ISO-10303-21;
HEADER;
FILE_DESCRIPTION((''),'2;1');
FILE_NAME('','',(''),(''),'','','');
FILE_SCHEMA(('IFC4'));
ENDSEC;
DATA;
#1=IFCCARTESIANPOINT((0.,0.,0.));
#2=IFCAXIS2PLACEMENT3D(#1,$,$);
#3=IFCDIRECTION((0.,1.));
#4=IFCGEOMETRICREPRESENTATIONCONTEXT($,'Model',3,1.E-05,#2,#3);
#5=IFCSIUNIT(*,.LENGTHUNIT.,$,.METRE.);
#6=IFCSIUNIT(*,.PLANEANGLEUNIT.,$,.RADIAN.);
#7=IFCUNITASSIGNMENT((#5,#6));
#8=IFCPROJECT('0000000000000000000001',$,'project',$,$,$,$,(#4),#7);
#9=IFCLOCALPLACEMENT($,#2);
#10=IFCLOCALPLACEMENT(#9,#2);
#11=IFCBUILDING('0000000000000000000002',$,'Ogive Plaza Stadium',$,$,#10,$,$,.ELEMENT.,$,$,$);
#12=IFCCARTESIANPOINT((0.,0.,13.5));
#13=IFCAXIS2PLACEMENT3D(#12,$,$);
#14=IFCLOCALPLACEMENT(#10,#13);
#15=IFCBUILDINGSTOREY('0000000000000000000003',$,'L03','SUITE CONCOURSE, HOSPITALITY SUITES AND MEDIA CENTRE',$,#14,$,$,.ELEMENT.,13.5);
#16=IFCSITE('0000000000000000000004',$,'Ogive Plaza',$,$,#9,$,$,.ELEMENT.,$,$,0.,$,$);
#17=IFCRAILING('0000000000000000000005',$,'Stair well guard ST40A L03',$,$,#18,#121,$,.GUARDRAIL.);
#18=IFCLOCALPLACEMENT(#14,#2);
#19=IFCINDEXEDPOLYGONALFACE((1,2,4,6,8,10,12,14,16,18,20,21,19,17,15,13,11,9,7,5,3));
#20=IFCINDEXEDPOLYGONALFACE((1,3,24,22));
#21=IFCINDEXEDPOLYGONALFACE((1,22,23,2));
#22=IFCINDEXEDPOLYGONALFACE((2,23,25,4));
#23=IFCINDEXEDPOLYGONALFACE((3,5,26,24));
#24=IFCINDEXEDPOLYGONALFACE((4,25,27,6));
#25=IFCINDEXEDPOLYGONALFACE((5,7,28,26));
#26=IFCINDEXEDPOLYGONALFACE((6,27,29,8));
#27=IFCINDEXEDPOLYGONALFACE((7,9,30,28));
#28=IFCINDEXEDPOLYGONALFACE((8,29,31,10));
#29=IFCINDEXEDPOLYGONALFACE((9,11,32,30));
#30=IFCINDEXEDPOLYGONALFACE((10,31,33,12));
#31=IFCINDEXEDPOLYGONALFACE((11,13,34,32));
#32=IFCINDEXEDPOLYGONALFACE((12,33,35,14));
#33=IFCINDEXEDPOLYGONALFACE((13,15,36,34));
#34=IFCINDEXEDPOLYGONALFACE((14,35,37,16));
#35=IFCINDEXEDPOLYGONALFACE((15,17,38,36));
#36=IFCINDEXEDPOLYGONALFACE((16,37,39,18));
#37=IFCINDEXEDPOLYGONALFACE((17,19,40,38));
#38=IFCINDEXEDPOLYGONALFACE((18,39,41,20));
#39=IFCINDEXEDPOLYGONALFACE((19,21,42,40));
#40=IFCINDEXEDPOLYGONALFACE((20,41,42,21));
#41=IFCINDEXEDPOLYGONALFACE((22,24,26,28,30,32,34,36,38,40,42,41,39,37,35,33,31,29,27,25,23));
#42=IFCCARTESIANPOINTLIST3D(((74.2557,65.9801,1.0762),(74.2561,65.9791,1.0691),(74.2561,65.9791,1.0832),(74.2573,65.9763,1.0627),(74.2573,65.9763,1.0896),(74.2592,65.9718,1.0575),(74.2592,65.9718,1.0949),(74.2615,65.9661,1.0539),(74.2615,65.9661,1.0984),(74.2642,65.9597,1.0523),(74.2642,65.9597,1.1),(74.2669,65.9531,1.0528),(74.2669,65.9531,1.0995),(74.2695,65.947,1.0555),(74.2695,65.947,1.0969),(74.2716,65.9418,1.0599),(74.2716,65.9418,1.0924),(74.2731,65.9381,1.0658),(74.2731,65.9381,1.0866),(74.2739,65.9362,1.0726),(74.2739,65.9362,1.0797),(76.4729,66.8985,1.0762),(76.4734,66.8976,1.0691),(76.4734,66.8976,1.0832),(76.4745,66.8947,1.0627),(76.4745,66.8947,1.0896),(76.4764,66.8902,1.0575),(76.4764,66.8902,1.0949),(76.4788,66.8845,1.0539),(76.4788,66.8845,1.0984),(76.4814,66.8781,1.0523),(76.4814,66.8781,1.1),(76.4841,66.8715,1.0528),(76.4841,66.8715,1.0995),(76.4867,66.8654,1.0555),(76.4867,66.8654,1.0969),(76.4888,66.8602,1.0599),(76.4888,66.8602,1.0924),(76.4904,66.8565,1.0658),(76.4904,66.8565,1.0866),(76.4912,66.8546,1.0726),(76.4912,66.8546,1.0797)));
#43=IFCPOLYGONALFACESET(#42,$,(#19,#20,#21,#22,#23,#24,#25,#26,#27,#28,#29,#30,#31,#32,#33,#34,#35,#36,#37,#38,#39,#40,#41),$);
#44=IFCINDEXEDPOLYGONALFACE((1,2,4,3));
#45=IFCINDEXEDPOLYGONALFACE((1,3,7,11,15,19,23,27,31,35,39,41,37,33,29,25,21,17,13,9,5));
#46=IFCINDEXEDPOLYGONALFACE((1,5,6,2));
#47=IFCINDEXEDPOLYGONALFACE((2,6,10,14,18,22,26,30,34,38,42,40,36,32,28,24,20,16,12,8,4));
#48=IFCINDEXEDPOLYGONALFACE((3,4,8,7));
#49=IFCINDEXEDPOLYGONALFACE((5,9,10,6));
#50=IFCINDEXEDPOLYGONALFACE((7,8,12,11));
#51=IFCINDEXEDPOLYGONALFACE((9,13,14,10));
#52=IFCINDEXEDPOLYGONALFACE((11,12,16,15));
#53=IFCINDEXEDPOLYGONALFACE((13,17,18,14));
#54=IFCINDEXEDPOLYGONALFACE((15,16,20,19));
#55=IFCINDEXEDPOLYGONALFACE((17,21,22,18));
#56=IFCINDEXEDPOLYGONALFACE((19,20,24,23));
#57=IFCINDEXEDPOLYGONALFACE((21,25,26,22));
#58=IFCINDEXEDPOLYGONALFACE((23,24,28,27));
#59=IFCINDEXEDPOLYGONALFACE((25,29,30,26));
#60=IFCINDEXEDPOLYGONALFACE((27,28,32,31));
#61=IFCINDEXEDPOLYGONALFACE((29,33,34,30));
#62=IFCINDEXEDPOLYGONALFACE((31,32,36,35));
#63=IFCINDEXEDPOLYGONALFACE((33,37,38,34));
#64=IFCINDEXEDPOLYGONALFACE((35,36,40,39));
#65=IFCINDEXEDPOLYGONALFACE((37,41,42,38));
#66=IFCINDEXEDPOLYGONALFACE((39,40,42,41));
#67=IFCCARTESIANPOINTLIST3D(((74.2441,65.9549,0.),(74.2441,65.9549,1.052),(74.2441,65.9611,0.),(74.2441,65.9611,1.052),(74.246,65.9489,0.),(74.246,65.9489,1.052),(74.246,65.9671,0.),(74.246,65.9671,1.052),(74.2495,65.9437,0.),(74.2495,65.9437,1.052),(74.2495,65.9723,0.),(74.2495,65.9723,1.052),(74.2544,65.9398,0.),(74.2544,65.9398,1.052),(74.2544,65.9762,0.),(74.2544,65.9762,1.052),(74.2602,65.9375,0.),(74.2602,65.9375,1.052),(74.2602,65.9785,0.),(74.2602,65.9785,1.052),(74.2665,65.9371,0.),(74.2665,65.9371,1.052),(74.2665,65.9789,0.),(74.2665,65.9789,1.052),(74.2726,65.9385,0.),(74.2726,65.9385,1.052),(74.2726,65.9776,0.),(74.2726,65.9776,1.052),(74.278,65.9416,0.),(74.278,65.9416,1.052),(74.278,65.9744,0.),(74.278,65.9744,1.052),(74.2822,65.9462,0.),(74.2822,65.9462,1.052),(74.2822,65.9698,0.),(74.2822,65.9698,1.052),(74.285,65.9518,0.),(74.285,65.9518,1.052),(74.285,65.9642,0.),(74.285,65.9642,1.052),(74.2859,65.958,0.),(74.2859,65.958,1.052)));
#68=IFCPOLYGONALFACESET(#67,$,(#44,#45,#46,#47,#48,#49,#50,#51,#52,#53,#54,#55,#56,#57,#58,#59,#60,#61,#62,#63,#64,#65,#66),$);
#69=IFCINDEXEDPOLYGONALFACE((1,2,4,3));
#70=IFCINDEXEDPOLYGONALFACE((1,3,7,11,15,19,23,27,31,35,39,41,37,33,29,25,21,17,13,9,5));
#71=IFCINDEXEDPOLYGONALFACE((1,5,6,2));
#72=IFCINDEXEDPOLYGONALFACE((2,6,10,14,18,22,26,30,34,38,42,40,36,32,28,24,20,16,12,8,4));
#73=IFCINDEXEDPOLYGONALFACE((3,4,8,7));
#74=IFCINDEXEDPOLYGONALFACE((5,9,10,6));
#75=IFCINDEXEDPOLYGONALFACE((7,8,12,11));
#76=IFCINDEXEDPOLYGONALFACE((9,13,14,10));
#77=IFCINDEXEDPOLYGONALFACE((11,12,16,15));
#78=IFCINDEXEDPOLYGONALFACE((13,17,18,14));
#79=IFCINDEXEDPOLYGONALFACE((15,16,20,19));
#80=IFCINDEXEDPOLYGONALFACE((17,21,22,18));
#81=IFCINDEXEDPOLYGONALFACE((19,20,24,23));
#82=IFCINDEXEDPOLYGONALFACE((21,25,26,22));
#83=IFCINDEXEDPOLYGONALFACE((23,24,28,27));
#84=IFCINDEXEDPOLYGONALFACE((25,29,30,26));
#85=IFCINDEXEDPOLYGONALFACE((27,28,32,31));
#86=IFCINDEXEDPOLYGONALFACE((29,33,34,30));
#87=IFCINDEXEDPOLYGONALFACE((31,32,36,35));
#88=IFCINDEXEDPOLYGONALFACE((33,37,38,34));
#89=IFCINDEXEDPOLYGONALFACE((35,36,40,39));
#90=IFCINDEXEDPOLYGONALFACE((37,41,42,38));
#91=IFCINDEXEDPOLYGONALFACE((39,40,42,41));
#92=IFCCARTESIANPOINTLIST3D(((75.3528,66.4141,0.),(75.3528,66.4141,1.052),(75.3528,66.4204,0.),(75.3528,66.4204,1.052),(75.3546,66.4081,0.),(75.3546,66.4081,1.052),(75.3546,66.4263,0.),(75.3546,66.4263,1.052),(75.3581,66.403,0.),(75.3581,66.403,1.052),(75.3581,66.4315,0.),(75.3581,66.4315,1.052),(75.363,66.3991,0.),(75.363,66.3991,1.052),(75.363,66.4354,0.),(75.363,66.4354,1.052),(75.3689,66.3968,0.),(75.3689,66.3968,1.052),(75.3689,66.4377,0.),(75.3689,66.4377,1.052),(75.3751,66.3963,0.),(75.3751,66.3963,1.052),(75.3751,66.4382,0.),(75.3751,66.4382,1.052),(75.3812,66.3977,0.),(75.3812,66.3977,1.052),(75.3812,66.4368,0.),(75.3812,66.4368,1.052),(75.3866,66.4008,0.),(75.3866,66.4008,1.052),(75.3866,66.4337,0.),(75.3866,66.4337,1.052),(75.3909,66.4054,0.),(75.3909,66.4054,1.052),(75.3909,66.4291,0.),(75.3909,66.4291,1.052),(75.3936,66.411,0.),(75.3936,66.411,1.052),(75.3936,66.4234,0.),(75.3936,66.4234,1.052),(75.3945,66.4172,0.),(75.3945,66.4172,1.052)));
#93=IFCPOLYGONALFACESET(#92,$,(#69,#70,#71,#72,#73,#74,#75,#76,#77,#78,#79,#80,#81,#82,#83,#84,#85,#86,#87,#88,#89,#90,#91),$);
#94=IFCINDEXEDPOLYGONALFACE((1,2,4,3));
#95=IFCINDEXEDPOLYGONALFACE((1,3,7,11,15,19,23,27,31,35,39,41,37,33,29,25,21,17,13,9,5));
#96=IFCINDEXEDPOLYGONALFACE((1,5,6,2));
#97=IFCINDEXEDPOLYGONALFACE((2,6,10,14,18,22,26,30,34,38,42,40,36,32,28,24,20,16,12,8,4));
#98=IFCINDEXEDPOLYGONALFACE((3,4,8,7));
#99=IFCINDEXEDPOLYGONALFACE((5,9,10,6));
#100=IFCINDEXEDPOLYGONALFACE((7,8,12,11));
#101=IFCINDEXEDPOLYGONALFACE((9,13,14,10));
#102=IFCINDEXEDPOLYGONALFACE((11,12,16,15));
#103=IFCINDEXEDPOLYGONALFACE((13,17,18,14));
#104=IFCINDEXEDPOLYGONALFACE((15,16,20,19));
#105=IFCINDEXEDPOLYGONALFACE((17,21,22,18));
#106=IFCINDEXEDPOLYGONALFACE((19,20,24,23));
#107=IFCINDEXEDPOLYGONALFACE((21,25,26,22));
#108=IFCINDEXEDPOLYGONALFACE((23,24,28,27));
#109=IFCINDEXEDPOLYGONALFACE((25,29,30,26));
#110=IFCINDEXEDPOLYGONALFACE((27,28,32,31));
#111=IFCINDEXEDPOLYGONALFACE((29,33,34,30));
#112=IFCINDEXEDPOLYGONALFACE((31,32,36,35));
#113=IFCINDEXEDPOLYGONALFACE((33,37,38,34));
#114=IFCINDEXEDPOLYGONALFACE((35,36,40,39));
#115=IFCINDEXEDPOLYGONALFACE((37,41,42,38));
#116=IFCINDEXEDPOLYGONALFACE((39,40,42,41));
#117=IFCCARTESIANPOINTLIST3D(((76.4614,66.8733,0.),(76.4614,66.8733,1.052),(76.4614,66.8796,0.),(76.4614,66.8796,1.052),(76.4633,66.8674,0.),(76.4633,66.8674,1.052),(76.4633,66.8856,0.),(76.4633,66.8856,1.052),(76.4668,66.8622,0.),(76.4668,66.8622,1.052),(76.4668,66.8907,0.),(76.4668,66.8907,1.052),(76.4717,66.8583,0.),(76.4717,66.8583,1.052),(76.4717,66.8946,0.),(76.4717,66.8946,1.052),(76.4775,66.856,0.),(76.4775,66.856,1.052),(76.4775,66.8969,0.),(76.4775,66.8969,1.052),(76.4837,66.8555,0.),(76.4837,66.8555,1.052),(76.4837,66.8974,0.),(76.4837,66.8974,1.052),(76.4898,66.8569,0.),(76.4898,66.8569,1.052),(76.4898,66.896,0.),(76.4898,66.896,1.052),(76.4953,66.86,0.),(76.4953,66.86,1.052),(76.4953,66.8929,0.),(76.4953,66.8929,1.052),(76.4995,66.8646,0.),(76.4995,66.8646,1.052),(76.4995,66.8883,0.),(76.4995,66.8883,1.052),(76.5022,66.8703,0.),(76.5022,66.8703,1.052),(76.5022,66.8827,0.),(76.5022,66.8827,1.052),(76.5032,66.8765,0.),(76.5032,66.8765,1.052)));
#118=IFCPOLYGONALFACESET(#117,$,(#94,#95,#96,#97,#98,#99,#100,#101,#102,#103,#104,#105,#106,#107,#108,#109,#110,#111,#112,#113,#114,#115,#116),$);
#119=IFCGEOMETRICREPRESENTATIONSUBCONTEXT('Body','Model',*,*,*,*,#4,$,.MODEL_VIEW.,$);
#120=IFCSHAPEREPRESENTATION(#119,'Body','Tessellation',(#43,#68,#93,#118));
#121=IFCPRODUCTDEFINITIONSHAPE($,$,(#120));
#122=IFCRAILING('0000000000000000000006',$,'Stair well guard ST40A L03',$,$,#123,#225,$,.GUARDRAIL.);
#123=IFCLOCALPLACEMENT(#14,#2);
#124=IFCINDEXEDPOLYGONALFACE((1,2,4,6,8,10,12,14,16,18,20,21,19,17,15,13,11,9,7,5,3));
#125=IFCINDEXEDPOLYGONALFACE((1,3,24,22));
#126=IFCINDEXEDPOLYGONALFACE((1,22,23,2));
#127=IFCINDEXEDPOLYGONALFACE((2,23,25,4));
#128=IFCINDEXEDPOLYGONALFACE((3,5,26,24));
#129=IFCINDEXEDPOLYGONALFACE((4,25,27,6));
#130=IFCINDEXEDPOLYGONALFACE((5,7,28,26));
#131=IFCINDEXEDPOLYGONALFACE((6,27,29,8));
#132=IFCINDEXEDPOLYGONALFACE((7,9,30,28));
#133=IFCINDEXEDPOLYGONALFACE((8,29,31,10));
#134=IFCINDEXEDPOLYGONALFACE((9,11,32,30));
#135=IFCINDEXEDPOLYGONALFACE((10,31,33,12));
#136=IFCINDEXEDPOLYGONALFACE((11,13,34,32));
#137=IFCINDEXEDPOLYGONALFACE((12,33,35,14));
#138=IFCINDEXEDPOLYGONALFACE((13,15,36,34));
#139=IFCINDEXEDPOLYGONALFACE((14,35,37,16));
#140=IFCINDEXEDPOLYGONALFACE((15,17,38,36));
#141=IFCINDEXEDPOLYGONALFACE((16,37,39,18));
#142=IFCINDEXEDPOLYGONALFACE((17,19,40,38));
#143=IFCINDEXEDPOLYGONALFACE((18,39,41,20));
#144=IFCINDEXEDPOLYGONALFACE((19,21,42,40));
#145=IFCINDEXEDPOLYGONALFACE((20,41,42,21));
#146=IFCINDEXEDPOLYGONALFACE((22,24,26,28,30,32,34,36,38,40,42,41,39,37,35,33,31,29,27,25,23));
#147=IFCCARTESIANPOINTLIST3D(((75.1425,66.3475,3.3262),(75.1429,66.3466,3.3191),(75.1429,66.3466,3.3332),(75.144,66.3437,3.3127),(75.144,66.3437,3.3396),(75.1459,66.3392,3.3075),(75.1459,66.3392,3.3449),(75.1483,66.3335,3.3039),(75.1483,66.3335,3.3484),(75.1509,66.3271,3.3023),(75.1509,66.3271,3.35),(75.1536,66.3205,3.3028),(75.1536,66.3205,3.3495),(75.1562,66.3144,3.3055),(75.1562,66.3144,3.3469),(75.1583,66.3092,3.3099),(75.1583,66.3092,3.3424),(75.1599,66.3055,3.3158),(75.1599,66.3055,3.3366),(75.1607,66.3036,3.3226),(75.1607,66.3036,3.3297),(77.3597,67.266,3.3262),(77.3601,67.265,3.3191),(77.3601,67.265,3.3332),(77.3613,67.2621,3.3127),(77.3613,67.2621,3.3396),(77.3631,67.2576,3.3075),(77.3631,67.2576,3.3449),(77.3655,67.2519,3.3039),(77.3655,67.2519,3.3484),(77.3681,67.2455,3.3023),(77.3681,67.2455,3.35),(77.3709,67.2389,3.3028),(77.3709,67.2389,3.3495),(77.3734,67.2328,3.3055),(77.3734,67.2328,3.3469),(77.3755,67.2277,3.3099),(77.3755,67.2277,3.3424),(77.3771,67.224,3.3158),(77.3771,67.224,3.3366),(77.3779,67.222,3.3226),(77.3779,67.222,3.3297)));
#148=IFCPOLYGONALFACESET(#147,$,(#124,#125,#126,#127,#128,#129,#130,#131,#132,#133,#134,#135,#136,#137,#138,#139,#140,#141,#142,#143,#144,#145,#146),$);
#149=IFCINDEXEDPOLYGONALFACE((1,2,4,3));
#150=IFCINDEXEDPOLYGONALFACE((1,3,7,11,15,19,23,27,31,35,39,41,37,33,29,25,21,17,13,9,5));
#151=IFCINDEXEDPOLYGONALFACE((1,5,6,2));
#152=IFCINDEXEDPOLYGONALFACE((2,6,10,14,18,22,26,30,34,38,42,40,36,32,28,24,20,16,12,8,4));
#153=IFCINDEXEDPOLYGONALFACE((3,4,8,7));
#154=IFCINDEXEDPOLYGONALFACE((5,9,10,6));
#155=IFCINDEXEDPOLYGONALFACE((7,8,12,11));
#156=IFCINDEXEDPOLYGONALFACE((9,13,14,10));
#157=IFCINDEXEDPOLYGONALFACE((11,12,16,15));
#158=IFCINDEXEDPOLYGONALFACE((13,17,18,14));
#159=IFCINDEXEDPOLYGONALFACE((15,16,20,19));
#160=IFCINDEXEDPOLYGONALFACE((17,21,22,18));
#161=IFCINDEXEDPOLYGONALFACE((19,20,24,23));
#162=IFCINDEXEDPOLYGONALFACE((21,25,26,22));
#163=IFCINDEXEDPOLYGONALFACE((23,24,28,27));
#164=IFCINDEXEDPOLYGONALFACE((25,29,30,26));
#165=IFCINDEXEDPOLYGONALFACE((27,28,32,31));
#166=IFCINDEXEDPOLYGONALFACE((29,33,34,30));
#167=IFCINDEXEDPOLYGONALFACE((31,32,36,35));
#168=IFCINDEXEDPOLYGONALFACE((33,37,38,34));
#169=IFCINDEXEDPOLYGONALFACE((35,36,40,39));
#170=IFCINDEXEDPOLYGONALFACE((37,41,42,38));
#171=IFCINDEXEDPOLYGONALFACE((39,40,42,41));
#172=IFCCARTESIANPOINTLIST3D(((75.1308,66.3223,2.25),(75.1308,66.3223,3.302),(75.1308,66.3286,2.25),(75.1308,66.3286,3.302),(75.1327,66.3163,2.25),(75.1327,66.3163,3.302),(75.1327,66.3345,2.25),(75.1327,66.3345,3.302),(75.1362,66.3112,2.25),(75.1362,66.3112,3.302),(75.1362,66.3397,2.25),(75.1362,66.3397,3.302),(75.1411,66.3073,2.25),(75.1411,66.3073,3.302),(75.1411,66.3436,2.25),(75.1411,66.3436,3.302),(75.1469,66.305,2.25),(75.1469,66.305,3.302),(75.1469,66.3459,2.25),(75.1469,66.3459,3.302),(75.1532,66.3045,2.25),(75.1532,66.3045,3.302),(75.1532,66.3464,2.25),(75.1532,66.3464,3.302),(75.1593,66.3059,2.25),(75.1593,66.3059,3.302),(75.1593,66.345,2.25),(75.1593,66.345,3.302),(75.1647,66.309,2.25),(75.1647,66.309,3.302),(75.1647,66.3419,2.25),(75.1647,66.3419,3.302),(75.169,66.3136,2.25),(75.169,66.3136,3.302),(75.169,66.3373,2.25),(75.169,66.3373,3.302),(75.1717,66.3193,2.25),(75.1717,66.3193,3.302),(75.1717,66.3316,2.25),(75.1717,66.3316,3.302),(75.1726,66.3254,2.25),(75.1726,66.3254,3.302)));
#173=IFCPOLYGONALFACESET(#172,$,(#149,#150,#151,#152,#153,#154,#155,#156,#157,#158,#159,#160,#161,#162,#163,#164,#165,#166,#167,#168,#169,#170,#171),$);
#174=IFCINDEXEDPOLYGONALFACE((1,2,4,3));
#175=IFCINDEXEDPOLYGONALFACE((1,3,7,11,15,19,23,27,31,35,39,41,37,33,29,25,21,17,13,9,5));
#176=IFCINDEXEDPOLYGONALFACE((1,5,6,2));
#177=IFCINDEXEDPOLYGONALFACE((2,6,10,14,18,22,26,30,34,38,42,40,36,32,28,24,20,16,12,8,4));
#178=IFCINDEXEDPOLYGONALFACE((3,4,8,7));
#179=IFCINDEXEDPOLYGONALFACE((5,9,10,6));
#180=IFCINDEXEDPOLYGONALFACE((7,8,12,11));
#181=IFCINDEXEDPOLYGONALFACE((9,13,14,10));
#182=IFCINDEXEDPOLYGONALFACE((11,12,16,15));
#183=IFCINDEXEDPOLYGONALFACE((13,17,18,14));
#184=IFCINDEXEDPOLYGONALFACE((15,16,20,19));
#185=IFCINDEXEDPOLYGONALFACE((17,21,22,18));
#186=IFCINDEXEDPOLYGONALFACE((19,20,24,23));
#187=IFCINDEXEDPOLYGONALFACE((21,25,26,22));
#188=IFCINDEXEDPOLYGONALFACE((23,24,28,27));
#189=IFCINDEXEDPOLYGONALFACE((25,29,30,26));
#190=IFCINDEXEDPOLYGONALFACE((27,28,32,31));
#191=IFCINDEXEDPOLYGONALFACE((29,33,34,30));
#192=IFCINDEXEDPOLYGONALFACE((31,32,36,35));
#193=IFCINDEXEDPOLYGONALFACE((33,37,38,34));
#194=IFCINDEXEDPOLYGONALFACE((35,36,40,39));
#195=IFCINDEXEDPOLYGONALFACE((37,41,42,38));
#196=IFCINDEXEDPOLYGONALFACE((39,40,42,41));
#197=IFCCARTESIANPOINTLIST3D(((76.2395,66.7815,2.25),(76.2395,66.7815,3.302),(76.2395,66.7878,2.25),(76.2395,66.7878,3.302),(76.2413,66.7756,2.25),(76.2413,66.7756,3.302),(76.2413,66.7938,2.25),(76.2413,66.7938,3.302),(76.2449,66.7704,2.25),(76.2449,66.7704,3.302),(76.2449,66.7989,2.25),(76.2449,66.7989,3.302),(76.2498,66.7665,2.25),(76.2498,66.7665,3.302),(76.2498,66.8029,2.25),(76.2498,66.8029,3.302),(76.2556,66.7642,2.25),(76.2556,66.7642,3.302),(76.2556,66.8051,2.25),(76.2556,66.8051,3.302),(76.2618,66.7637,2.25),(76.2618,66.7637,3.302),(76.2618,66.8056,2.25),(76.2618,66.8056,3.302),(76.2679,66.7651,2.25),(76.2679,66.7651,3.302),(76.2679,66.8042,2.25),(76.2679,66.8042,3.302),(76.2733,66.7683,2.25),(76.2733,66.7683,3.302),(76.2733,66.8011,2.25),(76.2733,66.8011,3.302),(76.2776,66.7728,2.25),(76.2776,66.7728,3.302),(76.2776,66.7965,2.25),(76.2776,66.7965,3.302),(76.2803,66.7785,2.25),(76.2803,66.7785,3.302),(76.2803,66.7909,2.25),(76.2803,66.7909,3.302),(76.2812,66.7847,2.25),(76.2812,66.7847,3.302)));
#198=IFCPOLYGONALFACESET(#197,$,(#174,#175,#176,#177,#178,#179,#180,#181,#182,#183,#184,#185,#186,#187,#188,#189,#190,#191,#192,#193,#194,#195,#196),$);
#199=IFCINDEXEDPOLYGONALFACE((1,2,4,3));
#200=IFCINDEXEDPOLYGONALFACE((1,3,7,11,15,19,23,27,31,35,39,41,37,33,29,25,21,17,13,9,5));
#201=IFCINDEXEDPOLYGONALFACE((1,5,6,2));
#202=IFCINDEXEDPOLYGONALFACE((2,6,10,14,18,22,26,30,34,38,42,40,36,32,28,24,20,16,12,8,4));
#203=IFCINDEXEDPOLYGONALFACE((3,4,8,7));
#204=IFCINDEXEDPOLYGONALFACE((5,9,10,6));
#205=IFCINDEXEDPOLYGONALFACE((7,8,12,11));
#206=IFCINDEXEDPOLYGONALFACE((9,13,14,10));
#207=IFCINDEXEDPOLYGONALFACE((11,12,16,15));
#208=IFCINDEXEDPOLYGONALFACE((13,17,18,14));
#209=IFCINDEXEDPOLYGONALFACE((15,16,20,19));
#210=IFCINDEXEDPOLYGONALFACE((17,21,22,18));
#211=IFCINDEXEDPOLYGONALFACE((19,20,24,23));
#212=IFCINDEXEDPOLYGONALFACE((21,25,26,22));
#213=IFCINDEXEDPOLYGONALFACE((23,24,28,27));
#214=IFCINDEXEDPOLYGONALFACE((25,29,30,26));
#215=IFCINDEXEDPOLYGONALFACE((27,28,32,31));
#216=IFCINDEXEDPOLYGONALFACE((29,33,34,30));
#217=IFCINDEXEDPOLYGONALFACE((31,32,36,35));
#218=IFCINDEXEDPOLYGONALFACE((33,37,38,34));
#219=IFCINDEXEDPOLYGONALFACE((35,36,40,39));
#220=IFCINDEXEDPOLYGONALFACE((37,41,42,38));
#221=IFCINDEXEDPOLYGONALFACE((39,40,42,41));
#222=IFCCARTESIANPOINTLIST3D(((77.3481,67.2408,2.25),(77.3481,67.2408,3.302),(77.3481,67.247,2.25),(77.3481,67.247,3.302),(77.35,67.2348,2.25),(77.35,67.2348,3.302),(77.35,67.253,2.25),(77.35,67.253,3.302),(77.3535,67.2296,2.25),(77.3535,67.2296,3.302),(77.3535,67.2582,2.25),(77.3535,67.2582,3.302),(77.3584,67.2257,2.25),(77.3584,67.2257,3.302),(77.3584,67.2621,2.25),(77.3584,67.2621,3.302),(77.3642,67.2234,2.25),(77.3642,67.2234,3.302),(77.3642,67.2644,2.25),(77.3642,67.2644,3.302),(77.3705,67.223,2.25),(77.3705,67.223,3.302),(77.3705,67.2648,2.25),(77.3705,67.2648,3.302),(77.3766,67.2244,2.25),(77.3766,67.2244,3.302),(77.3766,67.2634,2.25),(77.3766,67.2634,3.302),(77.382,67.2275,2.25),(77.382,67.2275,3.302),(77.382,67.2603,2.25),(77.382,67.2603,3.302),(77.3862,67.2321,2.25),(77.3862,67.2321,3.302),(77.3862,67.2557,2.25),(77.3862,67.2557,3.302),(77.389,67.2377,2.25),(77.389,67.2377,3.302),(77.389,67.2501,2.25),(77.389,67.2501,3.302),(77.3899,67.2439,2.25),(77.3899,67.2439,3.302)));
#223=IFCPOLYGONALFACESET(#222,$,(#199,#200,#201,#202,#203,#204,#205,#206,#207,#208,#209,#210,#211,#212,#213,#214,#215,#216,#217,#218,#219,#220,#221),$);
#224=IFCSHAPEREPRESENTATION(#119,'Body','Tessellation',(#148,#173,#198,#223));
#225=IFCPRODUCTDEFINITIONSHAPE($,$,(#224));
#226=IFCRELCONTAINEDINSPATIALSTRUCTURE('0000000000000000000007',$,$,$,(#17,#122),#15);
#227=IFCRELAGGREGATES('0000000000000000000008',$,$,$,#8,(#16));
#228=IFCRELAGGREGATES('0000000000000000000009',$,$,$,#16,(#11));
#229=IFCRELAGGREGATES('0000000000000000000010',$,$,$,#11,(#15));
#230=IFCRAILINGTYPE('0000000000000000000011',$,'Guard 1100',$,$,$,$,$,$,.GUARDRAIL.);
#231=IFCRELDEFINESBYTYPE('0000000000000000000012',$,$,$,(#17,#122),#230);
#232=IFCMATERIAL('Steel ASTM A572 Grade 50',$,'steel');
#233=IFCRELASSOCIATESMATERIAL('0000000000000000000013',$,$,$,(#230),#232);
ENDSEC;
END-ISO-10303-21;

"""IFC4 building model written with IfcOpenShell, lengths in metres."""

from ifc_helpers import new_model, si_unit, direction, frame, origin, origin_2d, place, context, subcontext, project, spatial, circle, extrude, material, type_object, element, save


model = new_model("IFC4")

# Units and contexts
model_context = context("Model", 3, precision=1e-05, world=origin(), true_north=direction((0.0, 1.0)))
body_context = subcontext(model_context, "Body", "Model", "MODEL_VIEW")
ifc_project = project(units=[si_unit("LENGTHUNIT", "METRE"), si_unit("PLANEANGLEUNIT", "RADIAN")], contexts=[model_context])

# Site, building, storey
site_placement = place(None, origin())
site = spatial("IfcSite", under=ifc_project, at=site_placement, Name="Ogive Plaza", CompositionType="ELEMENT", RefElevation=0.0)
building_placement = place(site_placement, origin())
building = spatial("IfcBuilding", under=site, at=building_placement, Name="Ogive Plaza Stadium", CompositionType="ELEMENT")
storey_placement = place(building_placement, frame((0.0, 0.0, 13.5)))
storey = spatial("IfcBuildingStorey", under=building, at=storey_placement, Name="L03", Description="SUITE CONCOURSE, HOSPITALITY SUITES AND MEDIA CENTRE", CompositionType="ELEMENT", Elevation=13.5)

# Railings
ifc_material_1 = material(Name="Steel ASTM A572 Grade 50", Category="steel")
railing_type_1 = type_object("IfcRailingType", Name="Guard 1100", PredefinedType="GUARDRAIL", material=ifc_material_1)
for number, where, name in (
    (1, (74.2649, 65.958, 0.0), "Stair well guard ST40A L03"),
    (2, (75.1516, 66.3254, 2.25), "Stair well guard ST40A L03"),
):
    element("IfcRailing", number, at=place(storey_placement, frame(where)), inside=storey, type_object=railing_type_1, Name=name, PredefinedType="GUARDRAIL", context=body_context, shape_type="SweptSolid", body=[
        extrude(circle(Radius=0.0239, at=origin_2d()), frame((0.0, 0.0, 1.0762), z_axis=(0.923875, 0.382693, 0.0), x_axis=(-0.382693, 0.923875, 0.0)), (0.0, 0.0, 1.0), 2.3999),
        extrude(circle(Radius=0.021, at=origin_2d()), origin(), (0.0, 0.0, 1.0), 1.052),
        extrude(circle(Radius=0.021, at=origin_2d()), frame((1.1086, 0.4592, 0.0)), (0.0, 0.0, 1.0), 1.052),
        extrude(circle(Radius=0.021, at=origin_2d()), frame((2.2173, 0.9185, 0.0)), (0.0, 0.0, 1.0), 1.052),
    ])

save(model, "model.ifc")
